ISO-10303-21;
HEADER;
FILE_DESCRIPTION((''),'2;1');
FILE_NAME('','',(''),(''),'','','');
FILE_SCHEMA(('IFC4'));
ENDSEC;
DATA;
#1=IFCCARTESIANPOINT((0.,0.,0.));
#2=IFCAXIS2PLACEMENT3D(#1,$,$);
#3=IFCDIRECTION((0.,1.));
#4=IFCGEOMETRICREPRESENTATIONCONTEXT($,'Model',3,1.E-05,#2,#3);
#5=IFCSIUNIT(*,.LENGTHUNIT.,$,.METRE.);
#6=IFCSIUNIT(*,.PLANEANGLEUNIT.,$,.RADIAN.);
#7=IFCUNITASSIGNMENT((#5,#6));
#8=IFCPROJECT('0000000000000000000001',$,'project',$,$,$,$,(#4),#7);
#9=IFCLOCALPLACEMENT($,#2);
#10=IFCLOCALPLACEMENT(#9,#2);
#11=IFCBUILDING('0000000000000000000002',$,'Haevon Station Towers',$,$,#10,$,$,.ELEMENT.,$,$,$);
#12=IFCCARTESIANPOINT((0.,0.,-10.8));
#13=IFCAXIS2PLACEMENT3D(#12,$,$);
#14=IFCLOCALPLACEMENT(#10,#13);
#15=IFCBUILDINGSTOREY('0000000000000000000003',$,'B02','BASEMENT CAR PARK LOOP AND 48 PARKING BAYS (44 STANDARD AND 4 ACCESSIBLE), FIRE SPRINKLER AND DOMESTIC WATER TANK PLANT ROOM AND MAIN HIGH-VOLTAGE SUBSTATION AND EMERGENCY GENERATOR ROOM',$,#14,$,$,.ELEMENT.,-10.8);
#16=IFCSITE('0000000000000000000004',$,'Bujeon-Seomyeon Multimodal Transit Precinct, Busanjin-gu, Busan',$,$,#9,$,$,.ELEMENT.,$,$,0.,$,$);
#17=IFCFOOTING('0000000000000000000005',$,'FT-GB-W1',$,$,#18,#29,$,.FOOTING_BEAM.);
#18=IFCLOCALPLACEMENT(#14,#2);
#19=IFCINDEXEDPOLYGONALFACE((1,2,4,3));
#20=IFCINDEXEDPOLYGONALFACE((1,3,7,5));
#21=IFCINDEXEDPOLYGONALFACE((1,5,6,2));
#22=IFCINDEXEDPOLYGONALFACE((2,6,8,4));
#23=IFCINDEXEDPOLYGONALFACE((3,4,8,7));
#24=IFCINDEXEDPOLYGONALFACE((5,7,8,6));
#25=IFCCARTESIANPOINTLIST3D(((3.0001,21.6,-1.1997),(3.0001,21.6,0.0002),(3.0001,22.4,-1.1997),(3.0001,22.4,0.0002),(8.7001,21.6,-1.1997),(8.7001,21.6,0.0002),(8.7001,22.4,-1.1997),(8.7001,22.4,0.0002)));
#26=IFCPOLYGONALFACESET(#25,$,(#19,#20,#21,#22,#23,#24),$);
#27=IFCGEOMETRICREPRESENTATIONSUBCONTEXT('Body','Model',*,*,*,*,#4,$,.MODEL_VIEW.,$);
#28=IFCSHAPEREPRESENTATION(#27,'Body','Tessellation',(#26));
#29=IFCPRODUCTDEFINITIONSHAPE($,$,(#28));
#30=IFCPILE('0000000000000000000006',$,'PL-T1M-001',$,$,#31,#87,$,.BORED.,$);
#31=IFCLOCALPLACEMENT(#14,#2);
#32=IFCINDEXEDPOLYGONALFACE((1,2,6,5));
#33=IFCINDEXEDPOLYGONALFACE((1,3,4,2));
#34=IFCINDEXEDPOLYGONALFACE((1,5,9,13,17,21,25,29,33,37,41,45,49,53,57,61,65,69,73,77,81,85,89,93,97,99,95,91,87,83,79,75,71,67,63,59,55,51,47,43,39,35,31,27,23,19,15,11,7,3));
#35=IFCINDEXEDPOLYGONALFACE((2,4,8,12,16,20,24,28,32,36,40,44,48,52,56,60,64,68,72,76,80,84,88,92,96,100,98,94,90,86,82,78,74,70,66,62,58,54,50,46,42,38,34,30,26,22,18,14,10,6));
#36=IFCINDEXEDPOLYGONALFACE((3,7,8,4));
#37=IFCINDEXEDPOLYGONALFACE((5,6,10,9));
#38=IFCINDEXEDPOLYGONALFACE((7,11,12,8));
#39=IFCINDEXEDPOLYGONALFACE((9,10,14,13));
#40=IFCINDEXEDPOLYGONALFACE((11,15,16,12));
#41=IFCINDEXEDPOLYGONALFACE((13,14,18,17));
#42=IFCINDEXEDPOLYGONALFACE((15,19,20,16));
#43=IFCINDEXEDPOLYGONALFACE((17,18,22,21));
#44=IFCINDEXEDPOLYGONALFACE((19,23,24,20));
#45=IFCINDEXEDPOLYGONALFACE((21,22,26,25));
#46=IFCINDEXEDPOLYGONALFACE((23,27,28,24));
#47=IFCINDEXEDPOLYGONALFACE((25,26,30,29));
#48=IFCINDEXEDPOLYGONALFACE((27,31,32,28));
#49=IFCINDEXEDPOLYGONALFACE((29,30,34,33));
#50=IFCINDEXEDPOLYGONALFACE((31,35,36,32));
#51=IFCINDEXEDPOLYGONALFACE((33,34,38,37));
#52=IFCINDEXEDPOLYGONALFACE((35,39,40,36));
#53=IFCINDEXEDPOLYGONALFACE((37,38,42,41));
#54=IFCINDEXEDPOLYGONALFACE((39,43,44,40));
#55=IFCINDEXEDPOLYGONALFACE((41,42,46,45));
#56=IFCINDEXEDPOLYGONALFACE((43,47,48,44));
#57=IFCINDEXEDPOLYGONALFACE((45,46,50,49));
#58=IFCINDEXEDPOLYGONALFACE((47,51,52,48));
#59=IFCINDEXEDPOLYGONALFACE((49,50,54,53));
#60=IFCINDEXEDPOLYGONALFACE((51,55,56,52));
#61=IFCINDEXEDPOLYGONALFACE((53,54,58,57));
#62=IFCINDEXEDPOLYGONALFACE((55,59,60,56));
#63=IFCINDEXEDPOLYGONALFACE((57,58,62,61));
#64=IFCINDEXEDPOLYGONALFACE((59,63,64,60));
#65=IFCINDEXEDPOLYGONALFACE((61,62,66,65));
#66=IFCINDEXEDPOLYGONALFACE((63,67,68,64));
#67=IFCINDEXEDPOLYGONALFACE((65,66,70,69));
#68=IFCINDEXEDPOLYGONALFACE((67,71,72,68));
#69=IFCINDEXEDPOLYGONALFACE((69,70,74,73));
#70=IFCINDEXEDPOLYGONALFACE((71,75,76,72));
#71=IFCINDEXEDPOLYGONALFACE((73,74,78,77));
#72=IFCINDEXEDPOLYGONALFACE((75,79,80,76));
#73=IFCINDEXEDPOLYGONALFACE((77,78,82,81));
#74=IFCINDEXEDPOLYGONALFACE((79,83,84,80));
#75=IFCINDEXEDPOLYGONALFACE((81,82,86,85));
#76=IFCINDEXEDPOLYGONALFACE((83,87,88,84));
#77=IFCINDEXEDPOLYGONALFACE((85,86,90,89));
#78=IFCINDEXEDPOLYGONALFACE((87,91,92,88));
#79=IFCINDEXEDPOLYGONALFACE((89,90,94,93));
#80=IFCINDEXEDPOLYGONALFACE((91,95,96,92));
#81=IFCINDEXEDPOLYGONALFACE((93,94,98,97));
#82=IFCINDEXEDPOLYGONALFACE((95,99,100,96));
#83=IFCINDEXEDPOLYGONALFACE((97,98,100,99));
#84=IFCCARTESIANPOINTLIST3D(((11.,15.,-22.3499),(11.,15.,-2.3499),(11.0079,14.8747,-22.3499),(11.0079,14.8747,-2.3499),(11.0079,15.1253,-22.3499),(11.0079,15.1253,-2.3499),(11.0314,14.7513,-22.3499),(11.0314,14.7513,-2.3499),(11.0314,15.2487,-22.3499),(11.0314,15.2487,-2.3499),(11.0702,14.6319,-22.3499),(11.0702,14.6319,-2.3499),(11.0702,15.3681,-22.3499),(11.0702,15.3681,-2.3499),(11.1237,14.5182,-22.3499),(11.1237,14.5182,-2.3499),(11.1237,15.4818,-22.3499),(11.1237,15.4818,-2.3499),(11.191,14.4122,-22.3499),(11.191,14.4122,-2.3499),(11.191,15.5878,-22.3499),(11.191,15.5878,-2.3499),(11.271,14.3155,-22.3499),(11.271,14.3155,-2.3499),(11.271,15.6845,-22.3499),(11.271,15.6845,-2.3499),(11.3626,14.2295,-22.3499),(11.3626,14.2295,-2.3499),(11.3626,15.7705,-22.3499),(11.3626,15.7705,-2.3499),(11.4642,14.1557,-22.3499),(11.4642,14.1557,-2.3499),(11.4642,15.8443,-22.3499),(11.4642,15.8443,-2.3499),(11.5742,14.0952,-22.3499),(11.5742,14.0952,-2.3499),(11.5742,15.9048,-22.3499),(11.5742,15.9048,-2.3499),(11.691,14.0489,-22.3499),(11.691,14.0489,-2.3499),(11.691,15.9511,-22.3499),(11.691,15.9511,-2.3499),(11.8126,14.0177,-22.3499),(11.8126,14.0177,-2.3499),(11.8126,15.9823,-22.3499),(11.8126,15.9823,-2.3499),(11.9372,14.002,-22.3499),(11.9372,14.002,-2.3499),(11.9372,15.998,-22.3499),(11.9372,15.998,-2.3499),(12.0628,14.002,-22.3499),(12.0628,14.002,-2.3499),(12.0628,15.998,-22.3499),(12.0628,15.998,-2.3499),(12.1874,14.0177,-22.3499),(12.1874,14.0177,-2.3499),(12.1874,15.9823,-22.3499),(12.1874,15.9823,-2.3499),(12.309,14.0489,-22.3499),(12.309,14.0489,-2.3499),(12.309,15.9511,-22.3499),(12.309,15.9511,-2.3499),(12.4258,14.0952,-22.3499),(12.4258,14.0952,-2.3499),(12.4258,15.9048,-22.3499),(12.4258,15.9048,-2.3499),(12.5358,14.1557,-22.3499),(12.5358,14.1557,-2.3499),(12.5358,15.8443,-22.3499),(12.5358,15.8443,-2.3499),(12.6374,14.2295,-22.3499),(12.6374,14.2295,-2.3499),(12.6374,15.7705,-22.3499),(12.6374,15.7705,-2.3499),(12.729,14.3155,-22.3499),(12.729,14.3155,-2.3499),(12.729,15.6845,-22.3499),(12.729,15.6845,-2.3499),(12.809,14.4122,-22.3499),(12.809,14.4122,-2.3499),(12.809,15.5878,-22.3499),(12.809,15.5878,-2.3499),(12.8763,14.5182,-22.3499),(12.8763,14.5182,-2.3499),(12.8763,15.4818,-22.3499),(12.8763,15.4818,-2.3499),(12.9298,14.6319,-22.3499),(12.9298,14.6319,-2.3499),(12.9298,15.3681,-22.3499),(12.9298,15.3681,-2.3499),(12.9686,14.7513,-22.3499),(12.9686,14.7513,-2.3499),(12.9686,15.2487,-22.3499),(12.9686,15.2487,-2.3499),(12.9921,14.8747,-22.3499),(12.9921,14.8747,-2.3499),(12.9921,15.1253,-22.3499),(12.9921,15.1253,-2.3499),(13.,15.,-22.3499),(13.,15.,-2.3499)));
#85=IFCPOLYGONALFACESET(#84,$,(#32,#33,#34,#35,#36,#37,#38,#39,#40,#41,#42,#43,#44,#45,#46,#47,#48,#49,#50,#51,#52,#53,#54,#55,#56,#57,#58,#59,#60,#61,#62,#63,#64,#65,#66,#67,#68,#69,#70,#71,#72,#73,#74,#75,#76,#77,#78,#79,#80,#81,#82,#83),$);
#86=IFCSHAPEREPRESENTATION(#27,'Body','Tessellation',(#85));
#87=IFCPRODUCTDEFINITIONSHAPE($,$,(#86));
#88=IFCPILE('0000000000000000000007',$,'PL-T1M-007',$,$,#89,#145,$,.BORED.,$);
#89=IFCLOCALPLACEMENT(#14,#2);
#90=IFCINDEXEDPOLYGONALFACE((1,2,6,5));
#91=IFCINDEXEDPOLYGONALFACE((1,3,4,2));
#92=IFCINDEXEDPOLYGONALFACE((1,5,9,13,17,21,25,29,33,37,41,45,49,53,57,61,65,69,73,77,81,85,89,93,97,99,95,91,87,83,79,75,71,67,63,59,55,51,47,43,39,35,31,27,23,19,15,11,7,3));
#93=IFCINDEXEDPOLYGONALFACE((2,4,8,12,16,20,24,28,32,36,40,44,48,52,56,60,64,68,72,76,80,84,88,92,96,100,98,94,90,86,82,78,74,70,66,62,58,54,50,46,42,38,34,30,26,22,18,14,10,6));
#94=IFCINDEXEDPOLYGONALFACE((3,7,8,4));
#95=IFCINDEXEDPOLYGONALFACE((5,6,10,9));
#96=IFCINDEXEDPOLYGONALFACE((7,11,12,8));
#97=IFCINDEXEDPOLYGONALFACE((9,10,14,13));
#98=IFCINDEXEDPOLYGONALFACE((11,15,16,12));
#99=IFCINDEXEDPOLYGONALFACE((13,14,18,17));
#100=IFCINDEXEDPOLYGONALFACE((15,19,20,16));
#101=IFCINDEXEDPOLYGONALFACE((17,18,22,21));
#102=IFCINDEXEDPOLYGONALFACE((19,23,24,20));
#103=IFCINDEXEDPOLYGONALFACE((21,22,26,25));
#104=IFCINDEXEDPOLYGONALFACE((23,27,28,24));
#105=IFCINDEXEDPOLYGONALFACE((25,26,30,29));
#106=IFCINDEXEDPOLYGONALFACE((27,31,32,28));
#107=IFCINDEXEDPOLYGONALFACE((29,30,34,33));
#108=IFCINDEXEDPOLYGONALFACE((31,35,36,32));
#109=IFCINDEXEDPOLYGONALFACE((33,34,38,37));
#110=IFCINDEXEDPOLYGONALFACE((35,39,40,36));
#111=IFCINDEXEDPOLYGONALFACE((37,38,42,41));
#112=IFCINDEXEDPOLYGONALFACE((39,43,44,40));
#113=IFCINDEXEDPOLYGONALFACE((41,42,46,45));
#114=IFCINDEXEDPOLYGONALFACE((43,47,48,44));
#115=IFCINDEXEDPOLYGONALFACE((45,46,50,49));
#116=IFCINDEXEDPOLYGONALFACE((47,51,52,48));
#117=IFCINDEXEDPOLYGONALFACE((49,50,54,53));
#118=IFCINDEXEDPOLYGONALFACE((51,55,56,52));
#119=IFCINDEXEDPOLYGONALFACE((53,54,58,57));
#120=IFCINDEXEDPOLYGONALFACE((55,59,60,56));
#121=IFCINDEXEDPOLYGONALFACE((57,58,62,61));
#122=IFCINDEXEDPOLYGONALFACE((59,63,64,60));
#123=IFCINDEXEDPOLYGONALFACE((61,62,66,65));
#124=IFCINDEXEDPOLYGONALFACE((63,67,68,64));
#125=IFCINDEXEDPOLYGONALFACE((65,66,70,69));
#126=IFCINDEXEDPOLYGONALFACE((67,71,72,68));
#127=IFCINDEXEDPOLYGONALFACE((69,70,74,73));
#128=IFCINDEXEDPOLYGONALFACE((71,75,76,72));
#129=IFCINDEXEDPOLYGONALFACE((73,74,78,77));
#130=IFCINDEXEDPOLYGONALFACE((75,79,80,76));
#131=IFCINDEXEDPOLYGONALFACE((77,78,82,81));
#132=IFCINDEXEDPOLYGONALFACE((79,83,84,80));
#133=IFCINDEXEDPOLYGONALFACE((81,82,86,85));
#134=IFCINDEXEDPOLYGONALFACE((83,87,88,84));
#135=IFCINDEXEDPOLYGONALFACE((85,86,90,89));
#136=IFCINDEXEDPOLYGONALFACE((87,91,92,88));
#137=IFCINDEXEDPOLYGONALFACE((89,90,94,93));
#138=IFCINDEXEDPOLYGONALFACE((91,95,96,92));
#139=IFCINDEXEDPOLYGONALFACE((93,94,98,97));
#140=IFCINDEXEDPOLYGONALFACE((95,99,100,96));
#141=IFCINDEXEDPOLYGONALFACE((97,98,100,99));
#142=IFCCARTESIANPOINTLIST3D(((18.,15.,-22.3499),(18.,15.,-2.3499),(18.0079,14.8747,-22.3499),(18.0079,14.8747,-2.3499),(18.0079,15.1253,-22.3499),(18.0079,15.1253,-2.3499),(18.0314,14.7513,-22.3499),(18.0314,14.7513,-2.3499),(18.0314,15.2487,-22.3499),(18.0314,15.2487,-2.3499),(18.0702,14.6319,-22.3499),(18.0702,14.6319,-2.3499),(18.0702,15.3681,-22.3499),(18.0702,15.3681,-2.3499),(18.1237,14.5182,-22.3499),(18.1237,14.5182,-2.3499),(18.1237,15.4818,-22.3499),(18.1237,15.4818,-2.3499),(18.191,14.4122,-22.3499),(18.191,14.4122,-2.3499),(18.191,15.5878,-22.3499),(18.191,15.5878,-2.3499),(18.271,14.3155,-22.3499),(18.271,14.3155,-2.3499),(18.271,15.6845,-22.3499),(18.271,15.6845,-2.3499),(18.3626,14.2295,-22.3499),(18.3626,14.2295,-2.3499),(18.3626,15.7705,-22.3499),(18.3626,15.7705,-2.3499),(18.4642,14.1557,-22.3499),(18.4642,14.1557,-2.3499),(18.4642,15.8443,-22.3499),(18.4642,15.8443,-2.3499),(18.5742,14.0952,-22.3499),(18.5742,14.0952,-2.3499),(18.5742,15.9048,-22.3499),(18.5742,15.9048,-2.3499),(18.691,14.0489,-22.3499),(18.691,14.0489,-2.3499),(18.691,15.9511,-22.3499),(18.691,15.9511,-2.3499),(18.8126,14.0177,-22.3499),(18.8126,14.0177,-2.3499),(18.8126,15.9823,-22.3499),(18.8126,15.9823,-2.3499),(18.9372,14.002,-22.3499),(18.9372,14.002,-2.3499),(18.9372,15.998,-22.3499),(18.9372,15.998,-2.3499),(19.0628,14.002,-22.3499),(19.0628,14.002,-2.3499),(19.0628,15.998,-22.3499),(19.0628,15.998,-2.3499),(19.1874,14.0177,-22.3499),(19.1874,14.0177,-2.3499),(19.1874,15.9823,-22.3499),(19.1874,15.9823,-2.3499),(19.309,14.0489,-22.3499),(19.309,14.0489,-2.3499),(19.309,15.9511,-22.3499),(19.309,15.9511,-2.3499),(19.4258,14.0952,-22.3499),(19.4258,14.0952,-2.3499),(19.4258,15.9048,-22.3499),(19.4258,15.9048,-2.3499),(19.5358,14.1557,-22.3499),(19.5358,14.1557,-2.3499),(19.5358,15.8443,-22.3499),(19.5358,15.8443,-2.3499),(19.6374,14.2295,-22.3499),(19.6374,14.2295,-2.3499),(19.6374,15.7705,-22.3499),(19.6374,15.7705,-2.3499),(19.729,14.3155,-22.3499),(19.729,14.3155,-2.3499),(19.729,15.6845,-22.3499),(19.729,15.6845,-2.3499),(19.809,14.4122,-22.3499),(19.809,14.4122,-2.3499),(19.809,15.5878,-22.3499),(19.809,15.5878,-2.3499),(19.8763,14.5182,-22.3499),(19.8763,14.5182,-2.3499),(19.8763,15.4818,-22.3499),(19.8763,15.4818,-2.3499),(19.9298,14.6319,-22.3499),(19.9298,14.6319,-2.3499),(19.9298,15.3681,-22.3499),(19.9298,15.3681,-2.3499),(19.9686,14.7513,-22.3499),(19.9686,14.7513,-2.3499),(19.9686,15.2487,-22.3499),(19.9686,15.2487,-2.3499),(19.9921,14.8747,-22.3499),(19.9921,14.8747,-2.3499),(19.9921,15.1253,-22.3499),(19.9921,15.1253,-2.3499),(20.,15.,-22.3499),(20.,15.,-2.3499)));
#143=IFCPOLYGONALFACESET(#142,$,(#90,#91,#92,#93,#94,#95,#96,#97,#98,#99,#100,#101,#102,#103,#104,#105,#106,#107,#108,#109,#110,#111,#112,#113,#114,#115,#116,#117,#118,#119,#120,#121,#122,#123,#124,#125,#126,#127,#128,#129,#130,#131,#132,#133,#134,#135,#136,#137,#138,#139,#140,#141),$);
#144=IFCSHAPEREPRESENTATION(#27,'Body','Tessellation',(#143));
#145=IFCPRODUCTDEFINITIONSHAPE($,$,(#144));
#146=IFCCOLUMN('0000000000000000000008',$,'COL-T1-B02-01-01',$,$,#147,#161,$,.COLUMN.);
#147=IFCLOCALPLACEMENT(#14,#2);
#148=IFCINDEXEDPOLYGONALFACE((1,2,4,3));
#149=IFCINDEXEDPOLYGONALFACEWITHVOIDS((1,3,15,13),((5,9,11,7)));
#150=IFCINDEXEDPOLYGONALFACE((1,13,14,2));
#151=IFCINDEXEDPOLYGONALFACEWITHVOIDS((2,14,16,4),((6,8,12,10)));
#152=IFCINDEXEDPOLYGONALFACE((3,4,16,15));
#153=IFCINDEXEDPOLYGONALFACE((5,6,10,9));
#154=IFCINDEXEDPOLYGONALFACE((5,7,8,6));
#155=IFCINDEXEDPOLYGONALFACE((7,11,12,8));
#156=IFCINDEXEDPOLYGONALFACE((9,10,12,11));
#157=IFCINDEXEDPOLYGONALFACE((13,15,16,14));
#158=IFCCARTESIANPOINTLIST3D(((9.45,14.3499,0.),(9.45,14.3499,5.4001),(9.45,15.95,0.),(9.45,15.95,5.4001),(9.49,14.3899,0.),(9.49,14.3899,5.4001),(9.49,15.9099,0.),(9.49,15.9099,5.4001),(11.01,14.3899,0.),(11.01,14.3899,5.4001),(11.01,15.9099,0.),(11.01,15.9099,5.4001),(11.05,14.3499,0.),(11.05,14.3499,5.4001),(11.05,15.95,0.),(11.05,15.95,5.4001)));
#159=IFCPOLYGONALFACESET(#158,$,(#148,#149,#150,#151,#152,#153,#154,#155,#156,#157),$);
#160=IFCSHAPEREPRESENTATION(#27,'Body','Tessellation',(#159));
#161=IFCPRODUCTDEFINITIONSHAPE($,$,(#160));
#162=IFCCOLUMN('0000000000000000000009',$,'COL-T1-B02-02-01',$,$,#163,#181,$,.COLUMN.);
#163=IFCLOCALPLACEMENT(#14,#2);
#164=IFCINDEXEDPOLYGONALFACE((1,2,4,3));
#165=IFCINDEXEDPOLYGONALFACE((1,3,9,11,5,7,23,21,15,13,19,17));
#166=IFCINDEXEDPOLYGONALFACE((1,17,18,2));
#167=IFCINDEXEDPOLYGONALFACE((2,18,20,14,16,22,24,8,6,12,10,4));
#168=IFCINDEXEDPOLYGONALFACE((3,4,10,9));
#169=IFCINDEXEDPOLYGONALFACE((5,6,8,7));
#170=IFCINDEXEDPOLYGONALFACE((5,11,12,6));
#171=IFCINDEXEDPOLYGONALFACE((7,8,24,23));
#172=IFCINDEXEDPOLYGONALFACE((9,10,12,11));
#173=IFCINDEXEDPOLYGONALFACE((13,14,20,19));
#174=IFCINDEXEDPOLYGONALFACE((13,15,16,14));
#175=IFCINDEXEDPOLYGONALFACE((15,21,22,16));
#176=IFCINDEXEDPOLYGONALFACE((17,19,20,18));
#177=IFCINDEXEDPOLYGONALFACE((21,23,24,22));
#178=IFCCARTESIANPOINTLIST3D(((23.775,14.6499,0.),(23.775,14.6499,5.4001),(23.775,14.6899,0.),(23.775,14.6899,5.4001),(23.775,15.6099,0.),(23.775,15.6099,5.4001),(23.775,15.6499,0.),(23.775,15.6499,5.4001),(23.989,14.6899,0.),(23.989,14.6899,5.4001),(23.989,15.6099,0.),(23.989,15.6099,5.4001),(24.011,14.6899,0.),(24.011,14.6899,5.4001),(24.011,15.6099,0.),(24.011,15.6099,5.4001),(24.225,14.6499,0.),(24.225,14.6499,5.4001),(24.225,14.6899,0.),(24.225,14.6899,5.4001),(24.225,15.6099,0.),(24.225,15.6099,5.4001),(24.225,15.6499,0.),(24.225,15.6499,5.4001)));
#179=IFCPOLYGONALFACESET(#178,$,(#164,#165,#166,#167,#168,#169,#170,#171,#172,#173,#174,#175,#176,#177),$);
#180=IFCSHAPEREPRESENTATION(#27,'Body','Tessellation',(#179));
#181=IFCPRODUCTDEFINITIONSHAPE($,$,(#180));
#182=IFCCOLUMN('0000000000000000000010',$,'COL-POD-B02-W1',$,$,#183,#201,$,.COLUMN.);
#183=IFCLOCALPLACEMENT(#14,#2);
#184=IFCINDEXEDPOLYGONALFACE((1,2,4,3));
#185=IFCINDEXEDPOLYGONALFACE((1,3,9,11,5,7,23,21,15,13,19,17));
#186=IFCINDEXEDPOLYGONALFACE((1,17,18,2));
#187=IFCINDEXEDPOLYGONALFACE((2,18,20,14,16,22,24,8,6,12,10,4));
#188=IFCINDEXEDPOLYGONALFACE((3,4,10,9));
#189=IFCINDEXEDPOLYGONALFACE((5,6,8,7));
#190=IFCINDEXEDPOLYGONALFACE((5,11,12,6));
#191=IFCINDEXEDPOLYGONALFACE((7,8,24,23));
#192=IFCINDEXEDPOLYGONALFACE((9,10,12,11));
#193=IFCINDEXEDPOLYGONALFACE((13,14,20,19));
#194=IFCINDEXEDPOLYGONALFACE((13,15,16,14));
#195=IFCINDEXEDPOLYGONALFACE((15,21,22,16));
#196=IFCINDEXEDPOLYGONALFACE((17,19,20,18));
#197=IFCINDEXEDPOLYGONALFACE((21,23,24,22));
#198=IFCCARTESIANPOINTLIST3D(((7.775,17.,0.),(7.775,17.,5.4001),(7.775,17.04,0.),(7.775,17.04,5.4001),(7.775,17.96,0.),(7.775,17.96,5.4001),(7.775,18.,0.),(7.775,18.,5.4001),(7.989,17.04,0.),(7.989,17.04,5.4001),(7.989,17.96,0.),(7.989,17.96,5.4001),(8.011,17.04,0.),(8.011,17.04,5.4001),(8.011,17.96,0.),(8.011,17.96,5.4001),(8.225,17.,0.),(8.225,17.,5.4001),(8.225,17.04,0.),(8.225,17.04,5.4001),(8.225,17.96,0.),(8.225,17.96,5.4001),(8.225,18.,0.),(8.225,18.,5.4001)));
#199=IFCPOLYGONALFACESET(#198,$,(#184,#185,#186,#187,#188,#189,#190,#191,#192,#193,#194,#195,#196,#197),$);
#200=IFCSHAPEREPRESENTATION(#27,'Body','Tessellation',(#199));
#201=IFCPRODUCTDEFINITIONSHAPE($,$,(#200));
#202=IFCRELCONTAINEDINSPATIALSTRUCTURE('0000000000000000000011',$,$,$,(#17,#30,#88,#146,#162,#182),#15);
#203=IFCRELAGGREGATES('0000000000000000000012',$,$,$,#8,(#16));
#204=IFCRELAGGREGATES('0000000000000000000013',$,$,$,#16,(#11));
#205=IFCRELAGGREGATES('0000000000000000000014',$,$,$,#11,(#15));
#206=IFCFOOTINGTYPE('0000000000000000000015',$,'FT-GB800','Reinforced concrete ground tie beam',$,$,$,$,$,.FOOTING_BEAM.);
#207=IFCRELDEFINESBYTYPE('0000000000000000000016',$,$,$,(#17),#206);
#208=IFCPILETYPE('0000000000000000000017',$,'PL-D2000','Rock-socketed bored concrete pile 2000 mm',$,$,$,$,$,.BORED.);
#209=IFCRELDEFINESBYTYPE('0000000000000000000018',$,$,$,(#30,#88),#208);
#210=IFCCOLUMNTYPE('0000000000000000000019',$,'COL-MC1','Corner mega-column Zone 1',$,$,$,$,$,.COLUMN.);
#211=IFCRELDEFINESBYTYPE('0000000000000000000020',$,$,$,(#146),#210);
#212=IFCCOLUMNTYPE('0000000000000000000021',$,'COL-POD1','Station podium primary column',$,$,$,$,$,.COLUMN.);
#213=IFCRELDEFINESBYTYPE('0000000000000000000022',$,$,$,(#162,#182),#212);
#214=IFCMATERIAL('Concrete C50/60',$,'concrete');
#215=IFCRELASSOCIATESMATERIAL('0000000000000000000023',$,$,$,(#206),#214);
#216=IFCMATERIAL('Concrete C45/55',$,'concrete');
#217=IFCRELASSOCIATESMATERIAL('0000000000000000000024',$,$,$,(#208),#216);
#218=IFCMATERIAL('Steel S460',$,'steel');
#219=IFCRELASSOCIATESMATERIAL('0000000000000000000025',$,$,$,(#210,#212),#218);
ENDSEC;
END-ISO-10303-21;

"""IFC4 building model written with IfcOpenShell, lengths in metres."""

from ifc_helpers import new_model, si_unit, direction, frame, origin, origin_2d, place, context, subcontext, project, spatial, rectangle, hollow_rectangle, circle, i_section, extrude, material, material_profile, profile_set, type_object, element, save


model = new_model("IFC4")

# Units and contexts
model_context = context("Model", 3, precision=1e-05, world=origin(), true_north=direction((0.0, 1.0)))
body_context = subcontext(model_context, "Body", "Model", "MODEL_VIEW")
ifc_project = project(units=[si_unit("LENGTHUNIT", "METRE"), si_unit("PLANEANGLEUNIT", "RADIAN")], contexts=[model_context])

# Site, building, storey
site_placement = place(None, origin())
site = spatial("IfcSite", under=ifc_project, at=site_placement, Name="Bujeon-Seomyeon Multimodal Transit Precinct, Busanjin-gu, Busan", CompositionType="ELEMENT", RefElevation=0.0)
building_placement = place(site_placement, origin())
building = spatial("IfcBuilding", under=site, at=building_placement, Name="Haevon Station Towers", CompositionType="ELEMENT")
storey_placement = place(building_placement, frame((0.0, 0.0, -10.8)))
storey = spatial("IfcBuildingStorey", under=building, at=storey_placement, Name="B02", Description="BASEMENT CAR PARK LOOP AND 48 PARKING BAYS (44 STANDARD AND 4 ACCESSIBLE), FIRE SPRINKLER AND DOMESTIC WATER TANK PLANT ROOM AND MAIN HIGH-VOLTAGE SUBSTATION AND EMERGENCY GENERATOR ROOM", CompositionType="ELEMENT", Elevation=-10.8)

# Footing
ifc_material_1 = material(Name="Concrete C50/60", Category="concrete")
footing_type = type_object("IfcFootingType", Name="FT-GB800", Description="Reinforced concrete ground tie beam", PredefinedType="FOOTING_BEAM", material=ifc_material_1)
footing_placement = place(storey_placement, frame((5.8501, 22.0, -1.1997), z_axis=(0.0, 0.0, 1.0), x_axis=(1.0, 0.0, 0.0)))
element("IfcFooting", 1, at=footing_placement, inside=storey, type_object=footing_type, Name="FT-GB-W1", PredefinedType="FOOTING_BEAM", context=body_context, shape_type="SweptSolid", body=[
    extrude(rectangle(XDim=5.7, YDim=0.8, at=origin_2d()), origin(), (0.0, 0.0, 1.0), 1.2),
])

# Piles
ifc_material_2 = material(Name="Concrete C45/55", Category="concrete")
ifc_material_profile_1 = material_profile(ifc_material_2, circle(Radius=1.0, at=origin_2d()), Name="PILE-D2000")
ifc_profile_set_1 = profile_set([ifc_material_profile_1], Name="Concrete C45/55")
pile_type = type_object("IfcPileType", Name="PL-D2000", Description="Rock-socketed bored concrete pile 2000 mm", PredefinedType="BORED", material=ifc_profile_set_1)
for number, where, z_axis, x_axis, name in (
    (2, (12.0, 15.0, -2.3499), (0.0, 0.0, -1.0), (1.0, 0.0, 0.0), "PL-T1M-001"),
    (3, (19.0, 15.0, -2.3499), (0.0, 0.0, -1.0), (1.0, 0.0, 0.0), "PL-T1M-007"),
):
    element("IfcPile", number, at=place(storey_placement, frame(where, z_axis=z_axis, x_axis=x_axis)), inside=storey, type_object=pile_type, Name=name, PredefinedType="BORED", context=body_context, shape_type="SweptSolid", body=[
        extrude(circle(Radius=1.0, at=origin_2d()), origin(), (0.0, 0.0, 1.0), 20.0),
    ])

# Columns
ifc_material_3 = material(Name="Steel S460", Category="steel")
ifc_material_profile_2 = material_profile(ifc_material_3, hollow_rectangle(XDim=1.6001, YDim=1.6001, WallThickness=0.04, at=origin_2d()), Name="BOX-1600x1600x40")
ifc_profile_set_2 = profile_set([ifc_material_profile_2], Name="Steel S460")
column_type_1 = type_object("IfcColumnType", Name="COL-MC1", Description="Corner mega-column Zone 1", PredefinedType="COLUMN", material=ifc_profile_set_2)
column_placement = place(storey_placement, frame((10.25, 15.1499, 0.0), z_axis=(0.0, 0.0, 1.0), x_axis=(1.0, 0.0, 0.0)))
element("IfcColumn", 4, at=column_placement, inside=storey, type_object=column_type_1, Name="COL-T1-B02-01-01", PredefinedType="COLUMN", context=body_context, shape_type="SweptSolid", body=[
    extrude(hollow_rectangle(XDim=1.6001, YDim=1.6001, WallThickness=0.04, at=origin_2d()), origin(), (0.0, 0.0, 1.0), 5.4001),
])
ifc_material_profile_3 = material_profile(ifc_material_3, i_section(OverallWidth=0.45, OverallDepth=1.0, WebThickness=0.022, FlangeThickness=0.04, at=origin_2d()), Name="H-1000x450x22x40")
ifc_profile_set_3 = profile_set([ifc_material_profile_3], Name="Steel S460")
column_type_2 = type_object("IfcColumnType", Name="COL-POD1", Description="Station podium primary column", PredefinedType="COLUMN", material=ifc_profile_set_3)
for number, where, z_axis, x_axis, name in (
    (5, (24.0, 15.1499, 0.0), (0.0, 0.0, 1.0), (1.0, 0.0, 0.0), "COL-T1-B02-02-01"),
    (6, (8.0, 17.5, 0.0), (0.0, 0.0, 1.0), (1.0, 0.0, 0.0), "COL-POD-B02-W1"),
):
    element("IfcColumn", number, at=place(storey_placement, frame(where, z_axis=z_axis, x_axis=x_axis)), inside=storey, type_object=column_type_2, Name=name, PredefinedType="COLUMN", context=body_context, shape_type="SweptSolid", body=[
        extrude(i_section(OverallWidth=0.45, OverallDepth=1.0, WebThickness=0.022, FlangeThickness=0.04, at=origin_2d()), origin(), (0.0, 0.0, 1.0), 5.4001),
    ])

save(model, "model.ifc")
